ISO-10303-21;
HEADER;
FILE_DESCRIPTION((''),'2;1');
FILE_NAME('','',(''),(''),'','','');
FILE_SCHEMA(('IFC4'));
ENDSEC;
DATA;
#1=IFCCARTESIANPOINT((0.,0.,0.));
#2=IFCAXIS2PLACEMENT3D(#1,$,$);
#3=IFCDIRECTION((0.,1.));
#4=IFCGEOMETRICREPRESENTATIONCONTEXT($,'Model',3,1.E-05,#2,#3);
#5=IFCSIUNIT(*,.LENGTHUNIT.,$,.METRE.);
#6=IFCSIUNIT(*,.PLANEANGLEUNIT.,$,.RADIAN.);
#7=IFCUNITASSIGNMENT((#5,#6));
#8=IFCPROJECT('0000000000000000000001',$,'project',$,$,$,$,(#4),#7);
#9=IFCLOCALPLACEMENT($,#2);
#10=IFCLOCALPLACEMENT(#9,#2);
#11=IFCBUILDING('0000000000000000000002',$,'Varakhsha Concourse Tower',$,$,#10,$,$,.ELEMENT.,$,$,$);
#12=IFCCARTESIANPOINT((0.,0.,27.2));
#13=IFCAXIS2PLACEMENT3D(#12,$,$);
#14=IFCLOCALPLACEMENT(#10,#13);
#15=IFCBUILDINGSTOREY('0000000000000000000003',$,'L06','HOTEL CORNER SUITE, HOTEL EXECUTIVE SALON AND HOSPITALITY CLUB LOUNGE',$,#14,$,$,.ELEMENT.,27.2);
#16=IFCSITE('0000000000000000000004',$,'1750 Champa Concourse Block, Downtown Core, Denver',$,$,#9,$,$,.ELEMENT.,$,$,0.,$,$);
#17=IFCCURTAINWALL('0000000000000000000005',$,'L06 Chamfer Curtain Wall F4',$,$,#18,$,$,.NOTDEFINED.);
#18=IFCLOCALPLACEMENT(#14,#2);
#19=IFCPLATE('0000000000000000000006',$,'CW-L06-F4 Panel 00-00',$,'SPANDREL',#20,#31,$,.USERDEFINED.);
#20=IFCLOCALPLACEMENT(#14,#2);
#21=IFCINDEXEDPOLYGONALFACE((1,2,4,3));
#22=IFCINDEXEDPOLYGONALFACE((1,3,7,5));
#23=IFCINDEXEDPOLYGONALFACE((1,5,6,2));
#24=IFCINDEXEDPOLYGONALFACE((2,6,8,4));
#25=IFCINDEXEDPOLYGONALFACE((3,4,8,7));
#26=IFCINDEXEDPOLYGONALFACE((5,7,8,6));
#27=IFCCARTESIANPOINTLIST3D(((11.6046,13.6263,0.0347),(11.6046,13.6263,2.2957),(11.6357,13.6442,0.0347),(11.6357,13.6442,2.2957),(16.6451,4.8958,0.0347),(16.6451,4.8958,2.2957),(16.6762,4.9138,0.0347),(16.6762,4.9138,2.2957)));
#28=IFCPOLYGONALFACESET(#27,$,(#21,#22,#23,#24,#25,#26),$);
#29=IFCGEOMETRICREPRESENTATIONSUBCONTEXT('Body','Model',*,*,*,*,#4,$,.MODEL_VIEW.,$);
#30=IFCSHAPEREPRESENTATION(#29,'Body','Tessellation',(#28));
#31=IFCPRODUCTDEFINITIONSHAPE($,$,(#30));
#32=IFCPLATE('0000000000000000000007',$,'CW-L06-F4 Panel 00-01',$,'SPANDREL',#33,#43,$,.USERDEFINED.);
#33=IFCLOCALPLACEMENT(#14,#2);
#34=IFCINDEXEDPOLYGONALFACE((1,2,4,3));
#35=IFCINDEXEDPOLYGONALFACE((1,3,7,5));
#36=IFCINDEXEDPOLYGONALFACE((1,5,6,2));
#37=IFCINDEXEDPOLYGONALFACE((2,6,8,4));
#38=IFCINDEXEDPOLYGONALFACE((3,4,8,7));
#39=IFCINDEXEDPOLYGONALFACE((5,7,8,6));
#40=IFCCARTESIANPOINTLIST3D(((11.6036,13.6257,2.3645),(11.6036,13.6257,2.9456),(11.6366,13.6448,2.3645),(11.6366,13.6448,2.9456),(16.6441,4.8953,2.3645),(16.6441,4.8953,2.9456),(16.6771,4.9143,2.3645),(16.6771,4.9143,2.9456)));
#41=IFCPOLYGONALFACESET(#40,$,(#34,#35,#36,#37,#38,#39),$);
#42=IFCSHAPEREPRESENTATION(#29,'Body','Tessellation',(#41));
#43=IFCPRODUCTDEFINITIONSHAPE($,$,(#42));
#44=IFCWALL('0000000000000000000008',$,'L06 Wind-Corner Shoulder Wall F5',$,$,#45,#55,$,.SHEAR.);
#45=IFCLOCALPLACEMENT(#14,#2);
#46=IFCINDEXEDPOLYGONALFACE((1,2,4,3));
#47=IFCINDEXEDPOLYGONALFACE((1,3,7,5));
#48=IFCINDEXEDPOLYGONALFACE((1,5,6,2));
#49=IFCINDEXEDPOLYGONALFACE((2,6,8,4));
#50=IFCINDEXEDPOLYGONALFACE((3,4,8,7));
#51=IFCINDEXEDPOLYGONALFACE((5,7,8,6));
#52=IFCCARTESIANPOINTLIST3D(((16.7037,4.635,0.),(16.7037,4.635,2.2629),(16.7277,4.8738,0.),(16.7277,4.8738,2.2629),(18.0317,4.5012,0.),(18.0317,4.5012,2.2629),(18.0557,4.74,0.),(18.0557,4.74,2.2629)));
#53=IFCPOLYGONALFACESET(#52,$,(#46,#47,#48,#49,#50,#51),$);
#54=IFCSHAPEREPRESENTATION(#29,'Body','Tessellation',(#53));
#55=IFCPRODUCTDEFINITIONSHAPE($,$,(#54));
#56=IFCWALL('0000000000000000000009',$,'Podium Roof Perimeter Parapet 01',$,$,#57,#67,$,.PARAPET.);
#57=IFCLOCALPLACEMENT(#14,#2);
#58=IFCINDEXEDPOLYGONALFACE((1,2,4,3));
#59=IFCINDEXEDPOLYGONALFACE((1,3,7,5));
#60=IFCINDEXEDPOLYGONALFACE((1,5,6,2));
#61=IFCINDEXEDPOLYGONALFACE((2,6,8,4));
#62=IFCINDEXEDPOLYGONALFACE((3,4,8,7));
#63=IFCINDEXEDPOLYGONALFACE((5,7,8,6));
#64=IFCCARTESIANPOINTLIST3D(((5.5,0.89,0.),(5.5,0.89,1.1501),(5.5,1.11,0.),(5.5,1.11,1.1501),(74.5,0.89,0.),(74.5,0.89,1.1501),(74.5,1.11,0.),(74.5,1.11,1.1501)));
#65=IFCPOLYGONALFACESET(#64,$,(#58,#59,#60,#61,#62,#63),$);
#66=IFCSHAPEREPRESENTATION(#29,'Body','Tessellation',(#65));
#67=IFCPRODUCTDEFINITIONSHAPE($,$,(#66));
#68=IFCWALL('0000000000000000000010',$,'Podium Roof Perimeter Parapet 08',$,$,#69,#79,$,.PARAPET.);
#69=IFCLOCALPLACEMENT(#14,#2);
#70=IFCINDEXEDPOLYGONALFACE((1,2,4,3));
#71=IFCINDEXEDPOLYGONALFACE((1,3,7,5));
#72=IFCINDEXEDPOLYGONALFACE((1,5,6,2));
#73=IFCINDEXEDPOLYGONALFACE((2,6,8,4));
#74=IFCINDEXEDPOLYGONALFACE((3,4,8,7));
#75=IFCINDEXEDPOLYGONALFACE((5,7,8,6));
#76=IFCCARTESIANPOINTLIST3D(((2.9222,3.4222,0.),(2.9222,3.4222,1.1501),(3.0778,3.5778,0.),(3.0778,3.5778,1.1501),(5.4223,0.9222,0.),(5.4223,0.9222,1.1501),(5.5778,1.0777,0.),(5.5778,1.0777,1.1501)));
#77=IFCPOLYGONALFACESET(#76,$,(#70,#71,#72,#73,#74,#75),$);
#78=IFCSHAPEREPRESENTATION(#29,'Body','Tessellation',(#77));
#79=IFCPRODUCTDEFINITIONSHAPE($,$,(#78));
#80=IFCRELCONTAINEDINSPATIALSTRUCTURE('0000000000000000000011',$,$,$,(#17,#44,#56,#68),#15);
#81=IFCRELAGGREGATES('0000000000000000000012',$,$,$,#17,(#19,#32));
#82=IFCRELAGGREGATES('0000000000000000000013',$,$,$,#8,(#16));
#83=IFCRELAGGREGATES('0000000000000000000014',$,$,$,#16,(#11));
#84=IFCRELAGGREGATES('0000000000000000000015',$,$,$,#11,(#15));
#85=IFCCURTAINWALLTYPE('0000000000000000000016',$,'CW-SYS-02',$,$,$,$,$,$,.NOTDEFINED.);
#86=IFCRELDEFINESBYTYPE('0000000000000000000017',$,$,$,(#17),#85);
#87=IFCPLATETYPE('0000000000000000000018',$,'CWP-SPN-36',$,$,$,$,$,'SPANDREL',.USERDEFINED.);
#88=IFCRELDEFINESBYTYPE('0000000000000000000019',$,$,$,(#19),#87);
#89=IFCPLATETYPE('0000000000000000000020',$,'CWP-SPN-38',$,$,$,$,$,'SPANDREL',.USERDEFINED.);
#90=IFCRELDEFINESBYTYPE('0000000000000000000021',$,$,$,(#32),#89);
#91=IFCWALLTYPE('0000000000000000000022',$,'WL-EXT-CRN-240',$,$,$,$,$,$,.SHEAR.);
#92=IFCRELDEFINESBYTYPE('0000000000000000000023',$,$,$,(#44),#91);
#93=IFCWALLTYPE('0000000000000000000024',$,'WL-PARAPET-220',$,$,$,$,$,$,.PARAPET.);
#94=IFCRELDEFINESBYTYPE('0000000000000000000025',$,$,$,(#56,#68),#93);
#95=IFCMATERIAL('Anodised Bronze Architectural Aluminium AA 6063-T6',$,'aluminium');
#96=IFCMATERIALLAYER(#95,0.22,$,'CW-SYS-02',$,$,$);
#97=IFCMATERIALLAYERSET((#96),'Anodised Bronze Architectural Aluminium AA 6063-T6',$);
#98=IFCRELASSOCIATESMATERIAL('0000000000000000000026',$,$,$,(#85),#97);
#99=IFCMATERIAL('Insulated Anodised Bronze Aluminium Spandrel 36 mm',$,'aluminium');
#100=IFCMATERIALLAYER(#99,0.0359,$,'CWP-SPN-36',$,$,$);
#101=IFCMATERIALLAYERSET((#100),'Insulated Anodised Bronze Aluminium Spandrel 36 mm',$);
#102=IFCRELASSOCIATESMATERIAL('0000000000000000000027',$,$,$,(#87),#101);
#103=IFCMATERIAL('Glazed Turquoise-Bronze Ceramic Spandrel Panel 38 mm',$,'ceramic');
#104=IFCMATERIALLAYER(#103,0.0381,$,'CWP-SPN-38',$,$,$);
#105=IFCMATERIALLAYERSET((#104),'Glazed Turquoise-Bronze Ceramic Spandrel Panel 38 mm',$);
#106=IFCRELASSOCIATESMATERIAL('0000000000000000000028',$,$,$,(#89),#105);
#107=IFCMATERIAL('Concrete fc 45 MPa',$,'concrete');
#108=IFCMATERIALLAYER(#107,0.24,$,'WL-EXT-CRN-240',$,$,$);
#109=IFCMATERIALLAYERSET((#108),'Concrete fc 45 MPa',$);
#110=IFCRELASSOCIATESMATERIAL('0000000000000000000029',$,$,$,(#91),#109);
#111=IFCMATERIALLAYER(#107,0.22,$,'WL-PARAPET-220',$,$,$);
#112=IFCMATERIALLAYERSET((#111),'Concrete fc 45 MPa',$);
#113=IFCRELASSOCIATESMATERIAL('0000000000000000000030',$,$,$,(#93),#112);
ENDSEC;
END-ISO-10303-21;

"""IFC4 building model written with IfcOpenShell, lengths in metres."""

from ifc_helpers import new_model, si_unit, direction, frame, frame_2d, origin, origin_2d, place, context, subcontext, project, spatial, rectangle, extrude, source, transform, mapped, material, layer, layer_set, type_object, type_shapes, element, aggregate, save


model = new_model("IFC4")

# Units and contexts
model_context = context("Model", 3, precision=1e-05, world=origin(), true_north=direction((0.0, 1.0)))
body_context = subcontext(model_context, "Body", "Model", "MODEL_VIEW")
ifc_project = project(units=[si_unit("LENGTHUNIT", "METRE"), si_unit("PLANEANGLEUNIT", "RADIAN")], contexts=[model_context])

# Site, building, storey
site_placement = place(None, origin())
site = spatial("IfcSite", under=ifc_project, at=site_placement, Name="1750 Champa Concourse Block, Downtown Core, Denver", CompositionType="ELEMENT", RefElevation=0.0)
building_placement = place(site_placement, origin())
building = spatial("IfcBuilding", under=site, at=building_placement, Name="Varakhsha Concourse Tower", CompositionType="ELEMENT")
storey_placement = place(building_placement, frame((0.0, 0.0, 27.2)))
storey = spatial("IfcBuildingStorey", under=building, at=storey_placement, Name="L06", Description="HOTEL CORNER SUITE, HOTEL EXECUTIVE SALON AND HOSPITALITY CLUB LOUNGE", CompositionType="ELEMENT", Elevation=27.2)

# Curtain wall
ifc_material_1 = material(Name="Anodised Bronze Architectural Aluminium AA 6063-T6", Category="aluminium")
ifc_layer_1 = layer(ifc_material_1, 0.22, Name="CW-SYS-02")
ifc_layer_set_1 = layer_set([ifc_layer_1], Name="Anodised Bronze Architectural Aluminium AA 6063-T6")
curtain_wall_type = type_object("IfcCurtainWallType", Name="CW-SYS-02", PredefinedType="NOTDEFINED", material=ifc_layer_set_1)
curtain_wall_1_placement = place(storey_placement, origin())
curtain_wall_1 = element("IfcCurtainWall", 1, at=curtain_wall_1_placement, inside=storey, type_object=curtain_wall_type, Name="L06 Chamfer Curtain Wall F4", PredefinedType="NOTDEFINED")

# Shared definitions
ifc_material_2 = material(Name="Concrete fc 45 MPa", Category="concrete")

# Plates
ifc_material_3 = material(Name="Insulated Anodised Bronze Aluminium Spandrel 36 mm", Category="aluminium")
ifc_layer_2 = layer(ifc_material_3, 0.0359, Name="CWP-SPN-36")
ifc_layer_set_2 = layer_set([ifc_layer_2], Name="Insulated Anodised Bronze Aluminium Spandrel 36 mm")
plate_type_1 = type_object("IfcPlateType", Name="CWP-SPN-36", ElementType="SPANDREL", PredefinedType="USERDEFINED", material=ifc_layer_set_2)
shared_shape_1 = source(origin(), body_context, "Body", "SweptSolid", [
    extrude(rectangle(XDim=10.0811, YDim=0.0359, at=origin_2d()), origin(), (0.0, 0.0, 1.0), 2.261),
])
type_shapes(plate_type_1, [shared_shape_1])
plate_1_placement = place(storey_placement, frame((14.1404, 9.27, 0.0347), z_axis=(0.0, 0.0, 1.0), x_axis=(-0.499997, 0.866027, 0.0)))
plate_1 = element("IfcPlate", 2, at=plate_1_placement, type_object=plate_type_1, Name="CW-L06-F4 Panel 00-00", ObjectType="SPANDREL", PredefinedType="USERDEFINED", context=body_context, shape_type="MappedRepresentation", body=[
    mapped(shared_shape_1, transform((0.0, 0.0, 0.0), scale=1.0)),
])
ifc_material_4 = material(Name="Glazed Turquoise-Bronze Ceramic Spandrel Panel 38 mm", Category="ceramic")
ifc_layer_3 = layer(ifc_material_4, 0.0381, Name="CWP-SPN-38")
ifc_layer_set_3 = layer_set([ifc_layer_3], Name="Glazed Turquoise-Bronze Ceramic Spandrel Panel 38 mm")
plate_type_2 = type_object("IfcPlateType", Name="CWP-SPN-38", ElementType="SPANDREL", PredefinedType="USERDEFINED", material=ifc_layer_set_3)
shared_shape_2 = source(origin(), body_context, "Body", "SweptSolid", [
    extrude(rectangle(XDim=10.0811, YDim=0.0381, at=origin_2d()), origin(), (0.0, 0.0, 1.0), 0.5811),
])
type_shapes(plate_type_2, [shared_shape_2])
plate_2_placement = place(storey_placement, frame((14.1404, 9.27, 2.3645), z_axis=(0.0, 0.0, 1.0), x_axis=(-0.499997, 0.866027, 0.0)))
plate_2 = element("IfcPlate", 3, at=plate_2_placement, type_object=plate_type_2, Name="CW-L06-F4 Panel 00-01", ObjectType="SPANDREL", PredefinedType="USERDEFINED", context=body_context, shape_type="MappedRepresentation", body=[
    mapped(shared_shape_2, transform((0.0, 0.0, 0.0), scale=1.0)),
])
aggregate(curtain_wall_1, [plate_1, plate_2])

# Walls
ifc_layer_4 = layer(ifc_material_2, 0.24, Name="WL-EXT-CRN-240")
ifc_layer_set_4 = layer_set([ifc_layer_4], Name="Concrete fc 45 MPa")
wall_type_1 = type_object("IfcWallType", Name="WL-EXT-CRN-240", PredefinedType="SHEAR", material=ifc_layer_set_4)
wall_1_placement = place(storey_placement, frame((16.7156, 4.7544, 0.0), z_axis=(0.0, 0.0, 1.0), x_axis=(0.994963, -0.100246, 0.0)))
element("IfcWall", 4, at=wall_1_placement, inside=storey, type_object=wall_type_1, Name="L06 Wind-Corner Shoulder Wall F5", PredefinedType="SHEAR", context=body_context, shape_type="SweptSolid", body=[
    extrude(rectangle(XDim=1.3347, YDim=0.24, at=frame_2d((0.6675, 0.0))), origin(), (0.0, 0.0, 1.0), 2.2629),
])
ifc_layer_5 = layer(ifc_material_2, 0.22, Name="WL-PARAPET-220")
ifc_layer_set_5 = layer_set([ifc_layer_5], Name="Concrete fc 45 MPa")
wall_type_2 = type_object("IfcWallType", Name="WL-PARAPET-220", PredefinedType="PARAPET", material=ifc_layer_set_5)
wall_2_placement = place(storey_placement, frame((5.5, 1.0, 0.0), z_axis=(0.0, 0.0, 1.0), x_axis=(1.0, 0.0, 0.0)))
element("IfcWall", 5, at=wall_2_placement, inside=storey, type_object=wall_type_2, Name="Podium Roof Perimeter Parapet 01", PredefinedType="PARAPET", context=body_context, shape_type="SweptSolid", body=[
    extrude(rectangle(XDim=69.0, YDim=0.22, at=frame_2d((34.5, 0.0))), origin(), (0.0, 0.0, 1.0), 1.1501),
])
wall_3_placement = place(storey_placement, frame((3.0, 3.5, 0.0), z_axis=(0.0, 0.0, 1.0), x_axis=(0.707107, -0.707107, 0.0)))
element("IfcWall", 6, at=wall_3_placement, inside=storey, type_object=wall_type_2, Name="Podium Roof Perimeter Parapet 08", PredefinedType="PARAPET", context=body_context, shape_type="SweptSolid", body=[
    extrude(rectangle(XDim=3.5356, YDim=0.22, at=frame_2d((1.7678, 0.0))), origin(), (0.0, 0.0, 1.0), 1.1501),
])

save(model, "model.ifc")
